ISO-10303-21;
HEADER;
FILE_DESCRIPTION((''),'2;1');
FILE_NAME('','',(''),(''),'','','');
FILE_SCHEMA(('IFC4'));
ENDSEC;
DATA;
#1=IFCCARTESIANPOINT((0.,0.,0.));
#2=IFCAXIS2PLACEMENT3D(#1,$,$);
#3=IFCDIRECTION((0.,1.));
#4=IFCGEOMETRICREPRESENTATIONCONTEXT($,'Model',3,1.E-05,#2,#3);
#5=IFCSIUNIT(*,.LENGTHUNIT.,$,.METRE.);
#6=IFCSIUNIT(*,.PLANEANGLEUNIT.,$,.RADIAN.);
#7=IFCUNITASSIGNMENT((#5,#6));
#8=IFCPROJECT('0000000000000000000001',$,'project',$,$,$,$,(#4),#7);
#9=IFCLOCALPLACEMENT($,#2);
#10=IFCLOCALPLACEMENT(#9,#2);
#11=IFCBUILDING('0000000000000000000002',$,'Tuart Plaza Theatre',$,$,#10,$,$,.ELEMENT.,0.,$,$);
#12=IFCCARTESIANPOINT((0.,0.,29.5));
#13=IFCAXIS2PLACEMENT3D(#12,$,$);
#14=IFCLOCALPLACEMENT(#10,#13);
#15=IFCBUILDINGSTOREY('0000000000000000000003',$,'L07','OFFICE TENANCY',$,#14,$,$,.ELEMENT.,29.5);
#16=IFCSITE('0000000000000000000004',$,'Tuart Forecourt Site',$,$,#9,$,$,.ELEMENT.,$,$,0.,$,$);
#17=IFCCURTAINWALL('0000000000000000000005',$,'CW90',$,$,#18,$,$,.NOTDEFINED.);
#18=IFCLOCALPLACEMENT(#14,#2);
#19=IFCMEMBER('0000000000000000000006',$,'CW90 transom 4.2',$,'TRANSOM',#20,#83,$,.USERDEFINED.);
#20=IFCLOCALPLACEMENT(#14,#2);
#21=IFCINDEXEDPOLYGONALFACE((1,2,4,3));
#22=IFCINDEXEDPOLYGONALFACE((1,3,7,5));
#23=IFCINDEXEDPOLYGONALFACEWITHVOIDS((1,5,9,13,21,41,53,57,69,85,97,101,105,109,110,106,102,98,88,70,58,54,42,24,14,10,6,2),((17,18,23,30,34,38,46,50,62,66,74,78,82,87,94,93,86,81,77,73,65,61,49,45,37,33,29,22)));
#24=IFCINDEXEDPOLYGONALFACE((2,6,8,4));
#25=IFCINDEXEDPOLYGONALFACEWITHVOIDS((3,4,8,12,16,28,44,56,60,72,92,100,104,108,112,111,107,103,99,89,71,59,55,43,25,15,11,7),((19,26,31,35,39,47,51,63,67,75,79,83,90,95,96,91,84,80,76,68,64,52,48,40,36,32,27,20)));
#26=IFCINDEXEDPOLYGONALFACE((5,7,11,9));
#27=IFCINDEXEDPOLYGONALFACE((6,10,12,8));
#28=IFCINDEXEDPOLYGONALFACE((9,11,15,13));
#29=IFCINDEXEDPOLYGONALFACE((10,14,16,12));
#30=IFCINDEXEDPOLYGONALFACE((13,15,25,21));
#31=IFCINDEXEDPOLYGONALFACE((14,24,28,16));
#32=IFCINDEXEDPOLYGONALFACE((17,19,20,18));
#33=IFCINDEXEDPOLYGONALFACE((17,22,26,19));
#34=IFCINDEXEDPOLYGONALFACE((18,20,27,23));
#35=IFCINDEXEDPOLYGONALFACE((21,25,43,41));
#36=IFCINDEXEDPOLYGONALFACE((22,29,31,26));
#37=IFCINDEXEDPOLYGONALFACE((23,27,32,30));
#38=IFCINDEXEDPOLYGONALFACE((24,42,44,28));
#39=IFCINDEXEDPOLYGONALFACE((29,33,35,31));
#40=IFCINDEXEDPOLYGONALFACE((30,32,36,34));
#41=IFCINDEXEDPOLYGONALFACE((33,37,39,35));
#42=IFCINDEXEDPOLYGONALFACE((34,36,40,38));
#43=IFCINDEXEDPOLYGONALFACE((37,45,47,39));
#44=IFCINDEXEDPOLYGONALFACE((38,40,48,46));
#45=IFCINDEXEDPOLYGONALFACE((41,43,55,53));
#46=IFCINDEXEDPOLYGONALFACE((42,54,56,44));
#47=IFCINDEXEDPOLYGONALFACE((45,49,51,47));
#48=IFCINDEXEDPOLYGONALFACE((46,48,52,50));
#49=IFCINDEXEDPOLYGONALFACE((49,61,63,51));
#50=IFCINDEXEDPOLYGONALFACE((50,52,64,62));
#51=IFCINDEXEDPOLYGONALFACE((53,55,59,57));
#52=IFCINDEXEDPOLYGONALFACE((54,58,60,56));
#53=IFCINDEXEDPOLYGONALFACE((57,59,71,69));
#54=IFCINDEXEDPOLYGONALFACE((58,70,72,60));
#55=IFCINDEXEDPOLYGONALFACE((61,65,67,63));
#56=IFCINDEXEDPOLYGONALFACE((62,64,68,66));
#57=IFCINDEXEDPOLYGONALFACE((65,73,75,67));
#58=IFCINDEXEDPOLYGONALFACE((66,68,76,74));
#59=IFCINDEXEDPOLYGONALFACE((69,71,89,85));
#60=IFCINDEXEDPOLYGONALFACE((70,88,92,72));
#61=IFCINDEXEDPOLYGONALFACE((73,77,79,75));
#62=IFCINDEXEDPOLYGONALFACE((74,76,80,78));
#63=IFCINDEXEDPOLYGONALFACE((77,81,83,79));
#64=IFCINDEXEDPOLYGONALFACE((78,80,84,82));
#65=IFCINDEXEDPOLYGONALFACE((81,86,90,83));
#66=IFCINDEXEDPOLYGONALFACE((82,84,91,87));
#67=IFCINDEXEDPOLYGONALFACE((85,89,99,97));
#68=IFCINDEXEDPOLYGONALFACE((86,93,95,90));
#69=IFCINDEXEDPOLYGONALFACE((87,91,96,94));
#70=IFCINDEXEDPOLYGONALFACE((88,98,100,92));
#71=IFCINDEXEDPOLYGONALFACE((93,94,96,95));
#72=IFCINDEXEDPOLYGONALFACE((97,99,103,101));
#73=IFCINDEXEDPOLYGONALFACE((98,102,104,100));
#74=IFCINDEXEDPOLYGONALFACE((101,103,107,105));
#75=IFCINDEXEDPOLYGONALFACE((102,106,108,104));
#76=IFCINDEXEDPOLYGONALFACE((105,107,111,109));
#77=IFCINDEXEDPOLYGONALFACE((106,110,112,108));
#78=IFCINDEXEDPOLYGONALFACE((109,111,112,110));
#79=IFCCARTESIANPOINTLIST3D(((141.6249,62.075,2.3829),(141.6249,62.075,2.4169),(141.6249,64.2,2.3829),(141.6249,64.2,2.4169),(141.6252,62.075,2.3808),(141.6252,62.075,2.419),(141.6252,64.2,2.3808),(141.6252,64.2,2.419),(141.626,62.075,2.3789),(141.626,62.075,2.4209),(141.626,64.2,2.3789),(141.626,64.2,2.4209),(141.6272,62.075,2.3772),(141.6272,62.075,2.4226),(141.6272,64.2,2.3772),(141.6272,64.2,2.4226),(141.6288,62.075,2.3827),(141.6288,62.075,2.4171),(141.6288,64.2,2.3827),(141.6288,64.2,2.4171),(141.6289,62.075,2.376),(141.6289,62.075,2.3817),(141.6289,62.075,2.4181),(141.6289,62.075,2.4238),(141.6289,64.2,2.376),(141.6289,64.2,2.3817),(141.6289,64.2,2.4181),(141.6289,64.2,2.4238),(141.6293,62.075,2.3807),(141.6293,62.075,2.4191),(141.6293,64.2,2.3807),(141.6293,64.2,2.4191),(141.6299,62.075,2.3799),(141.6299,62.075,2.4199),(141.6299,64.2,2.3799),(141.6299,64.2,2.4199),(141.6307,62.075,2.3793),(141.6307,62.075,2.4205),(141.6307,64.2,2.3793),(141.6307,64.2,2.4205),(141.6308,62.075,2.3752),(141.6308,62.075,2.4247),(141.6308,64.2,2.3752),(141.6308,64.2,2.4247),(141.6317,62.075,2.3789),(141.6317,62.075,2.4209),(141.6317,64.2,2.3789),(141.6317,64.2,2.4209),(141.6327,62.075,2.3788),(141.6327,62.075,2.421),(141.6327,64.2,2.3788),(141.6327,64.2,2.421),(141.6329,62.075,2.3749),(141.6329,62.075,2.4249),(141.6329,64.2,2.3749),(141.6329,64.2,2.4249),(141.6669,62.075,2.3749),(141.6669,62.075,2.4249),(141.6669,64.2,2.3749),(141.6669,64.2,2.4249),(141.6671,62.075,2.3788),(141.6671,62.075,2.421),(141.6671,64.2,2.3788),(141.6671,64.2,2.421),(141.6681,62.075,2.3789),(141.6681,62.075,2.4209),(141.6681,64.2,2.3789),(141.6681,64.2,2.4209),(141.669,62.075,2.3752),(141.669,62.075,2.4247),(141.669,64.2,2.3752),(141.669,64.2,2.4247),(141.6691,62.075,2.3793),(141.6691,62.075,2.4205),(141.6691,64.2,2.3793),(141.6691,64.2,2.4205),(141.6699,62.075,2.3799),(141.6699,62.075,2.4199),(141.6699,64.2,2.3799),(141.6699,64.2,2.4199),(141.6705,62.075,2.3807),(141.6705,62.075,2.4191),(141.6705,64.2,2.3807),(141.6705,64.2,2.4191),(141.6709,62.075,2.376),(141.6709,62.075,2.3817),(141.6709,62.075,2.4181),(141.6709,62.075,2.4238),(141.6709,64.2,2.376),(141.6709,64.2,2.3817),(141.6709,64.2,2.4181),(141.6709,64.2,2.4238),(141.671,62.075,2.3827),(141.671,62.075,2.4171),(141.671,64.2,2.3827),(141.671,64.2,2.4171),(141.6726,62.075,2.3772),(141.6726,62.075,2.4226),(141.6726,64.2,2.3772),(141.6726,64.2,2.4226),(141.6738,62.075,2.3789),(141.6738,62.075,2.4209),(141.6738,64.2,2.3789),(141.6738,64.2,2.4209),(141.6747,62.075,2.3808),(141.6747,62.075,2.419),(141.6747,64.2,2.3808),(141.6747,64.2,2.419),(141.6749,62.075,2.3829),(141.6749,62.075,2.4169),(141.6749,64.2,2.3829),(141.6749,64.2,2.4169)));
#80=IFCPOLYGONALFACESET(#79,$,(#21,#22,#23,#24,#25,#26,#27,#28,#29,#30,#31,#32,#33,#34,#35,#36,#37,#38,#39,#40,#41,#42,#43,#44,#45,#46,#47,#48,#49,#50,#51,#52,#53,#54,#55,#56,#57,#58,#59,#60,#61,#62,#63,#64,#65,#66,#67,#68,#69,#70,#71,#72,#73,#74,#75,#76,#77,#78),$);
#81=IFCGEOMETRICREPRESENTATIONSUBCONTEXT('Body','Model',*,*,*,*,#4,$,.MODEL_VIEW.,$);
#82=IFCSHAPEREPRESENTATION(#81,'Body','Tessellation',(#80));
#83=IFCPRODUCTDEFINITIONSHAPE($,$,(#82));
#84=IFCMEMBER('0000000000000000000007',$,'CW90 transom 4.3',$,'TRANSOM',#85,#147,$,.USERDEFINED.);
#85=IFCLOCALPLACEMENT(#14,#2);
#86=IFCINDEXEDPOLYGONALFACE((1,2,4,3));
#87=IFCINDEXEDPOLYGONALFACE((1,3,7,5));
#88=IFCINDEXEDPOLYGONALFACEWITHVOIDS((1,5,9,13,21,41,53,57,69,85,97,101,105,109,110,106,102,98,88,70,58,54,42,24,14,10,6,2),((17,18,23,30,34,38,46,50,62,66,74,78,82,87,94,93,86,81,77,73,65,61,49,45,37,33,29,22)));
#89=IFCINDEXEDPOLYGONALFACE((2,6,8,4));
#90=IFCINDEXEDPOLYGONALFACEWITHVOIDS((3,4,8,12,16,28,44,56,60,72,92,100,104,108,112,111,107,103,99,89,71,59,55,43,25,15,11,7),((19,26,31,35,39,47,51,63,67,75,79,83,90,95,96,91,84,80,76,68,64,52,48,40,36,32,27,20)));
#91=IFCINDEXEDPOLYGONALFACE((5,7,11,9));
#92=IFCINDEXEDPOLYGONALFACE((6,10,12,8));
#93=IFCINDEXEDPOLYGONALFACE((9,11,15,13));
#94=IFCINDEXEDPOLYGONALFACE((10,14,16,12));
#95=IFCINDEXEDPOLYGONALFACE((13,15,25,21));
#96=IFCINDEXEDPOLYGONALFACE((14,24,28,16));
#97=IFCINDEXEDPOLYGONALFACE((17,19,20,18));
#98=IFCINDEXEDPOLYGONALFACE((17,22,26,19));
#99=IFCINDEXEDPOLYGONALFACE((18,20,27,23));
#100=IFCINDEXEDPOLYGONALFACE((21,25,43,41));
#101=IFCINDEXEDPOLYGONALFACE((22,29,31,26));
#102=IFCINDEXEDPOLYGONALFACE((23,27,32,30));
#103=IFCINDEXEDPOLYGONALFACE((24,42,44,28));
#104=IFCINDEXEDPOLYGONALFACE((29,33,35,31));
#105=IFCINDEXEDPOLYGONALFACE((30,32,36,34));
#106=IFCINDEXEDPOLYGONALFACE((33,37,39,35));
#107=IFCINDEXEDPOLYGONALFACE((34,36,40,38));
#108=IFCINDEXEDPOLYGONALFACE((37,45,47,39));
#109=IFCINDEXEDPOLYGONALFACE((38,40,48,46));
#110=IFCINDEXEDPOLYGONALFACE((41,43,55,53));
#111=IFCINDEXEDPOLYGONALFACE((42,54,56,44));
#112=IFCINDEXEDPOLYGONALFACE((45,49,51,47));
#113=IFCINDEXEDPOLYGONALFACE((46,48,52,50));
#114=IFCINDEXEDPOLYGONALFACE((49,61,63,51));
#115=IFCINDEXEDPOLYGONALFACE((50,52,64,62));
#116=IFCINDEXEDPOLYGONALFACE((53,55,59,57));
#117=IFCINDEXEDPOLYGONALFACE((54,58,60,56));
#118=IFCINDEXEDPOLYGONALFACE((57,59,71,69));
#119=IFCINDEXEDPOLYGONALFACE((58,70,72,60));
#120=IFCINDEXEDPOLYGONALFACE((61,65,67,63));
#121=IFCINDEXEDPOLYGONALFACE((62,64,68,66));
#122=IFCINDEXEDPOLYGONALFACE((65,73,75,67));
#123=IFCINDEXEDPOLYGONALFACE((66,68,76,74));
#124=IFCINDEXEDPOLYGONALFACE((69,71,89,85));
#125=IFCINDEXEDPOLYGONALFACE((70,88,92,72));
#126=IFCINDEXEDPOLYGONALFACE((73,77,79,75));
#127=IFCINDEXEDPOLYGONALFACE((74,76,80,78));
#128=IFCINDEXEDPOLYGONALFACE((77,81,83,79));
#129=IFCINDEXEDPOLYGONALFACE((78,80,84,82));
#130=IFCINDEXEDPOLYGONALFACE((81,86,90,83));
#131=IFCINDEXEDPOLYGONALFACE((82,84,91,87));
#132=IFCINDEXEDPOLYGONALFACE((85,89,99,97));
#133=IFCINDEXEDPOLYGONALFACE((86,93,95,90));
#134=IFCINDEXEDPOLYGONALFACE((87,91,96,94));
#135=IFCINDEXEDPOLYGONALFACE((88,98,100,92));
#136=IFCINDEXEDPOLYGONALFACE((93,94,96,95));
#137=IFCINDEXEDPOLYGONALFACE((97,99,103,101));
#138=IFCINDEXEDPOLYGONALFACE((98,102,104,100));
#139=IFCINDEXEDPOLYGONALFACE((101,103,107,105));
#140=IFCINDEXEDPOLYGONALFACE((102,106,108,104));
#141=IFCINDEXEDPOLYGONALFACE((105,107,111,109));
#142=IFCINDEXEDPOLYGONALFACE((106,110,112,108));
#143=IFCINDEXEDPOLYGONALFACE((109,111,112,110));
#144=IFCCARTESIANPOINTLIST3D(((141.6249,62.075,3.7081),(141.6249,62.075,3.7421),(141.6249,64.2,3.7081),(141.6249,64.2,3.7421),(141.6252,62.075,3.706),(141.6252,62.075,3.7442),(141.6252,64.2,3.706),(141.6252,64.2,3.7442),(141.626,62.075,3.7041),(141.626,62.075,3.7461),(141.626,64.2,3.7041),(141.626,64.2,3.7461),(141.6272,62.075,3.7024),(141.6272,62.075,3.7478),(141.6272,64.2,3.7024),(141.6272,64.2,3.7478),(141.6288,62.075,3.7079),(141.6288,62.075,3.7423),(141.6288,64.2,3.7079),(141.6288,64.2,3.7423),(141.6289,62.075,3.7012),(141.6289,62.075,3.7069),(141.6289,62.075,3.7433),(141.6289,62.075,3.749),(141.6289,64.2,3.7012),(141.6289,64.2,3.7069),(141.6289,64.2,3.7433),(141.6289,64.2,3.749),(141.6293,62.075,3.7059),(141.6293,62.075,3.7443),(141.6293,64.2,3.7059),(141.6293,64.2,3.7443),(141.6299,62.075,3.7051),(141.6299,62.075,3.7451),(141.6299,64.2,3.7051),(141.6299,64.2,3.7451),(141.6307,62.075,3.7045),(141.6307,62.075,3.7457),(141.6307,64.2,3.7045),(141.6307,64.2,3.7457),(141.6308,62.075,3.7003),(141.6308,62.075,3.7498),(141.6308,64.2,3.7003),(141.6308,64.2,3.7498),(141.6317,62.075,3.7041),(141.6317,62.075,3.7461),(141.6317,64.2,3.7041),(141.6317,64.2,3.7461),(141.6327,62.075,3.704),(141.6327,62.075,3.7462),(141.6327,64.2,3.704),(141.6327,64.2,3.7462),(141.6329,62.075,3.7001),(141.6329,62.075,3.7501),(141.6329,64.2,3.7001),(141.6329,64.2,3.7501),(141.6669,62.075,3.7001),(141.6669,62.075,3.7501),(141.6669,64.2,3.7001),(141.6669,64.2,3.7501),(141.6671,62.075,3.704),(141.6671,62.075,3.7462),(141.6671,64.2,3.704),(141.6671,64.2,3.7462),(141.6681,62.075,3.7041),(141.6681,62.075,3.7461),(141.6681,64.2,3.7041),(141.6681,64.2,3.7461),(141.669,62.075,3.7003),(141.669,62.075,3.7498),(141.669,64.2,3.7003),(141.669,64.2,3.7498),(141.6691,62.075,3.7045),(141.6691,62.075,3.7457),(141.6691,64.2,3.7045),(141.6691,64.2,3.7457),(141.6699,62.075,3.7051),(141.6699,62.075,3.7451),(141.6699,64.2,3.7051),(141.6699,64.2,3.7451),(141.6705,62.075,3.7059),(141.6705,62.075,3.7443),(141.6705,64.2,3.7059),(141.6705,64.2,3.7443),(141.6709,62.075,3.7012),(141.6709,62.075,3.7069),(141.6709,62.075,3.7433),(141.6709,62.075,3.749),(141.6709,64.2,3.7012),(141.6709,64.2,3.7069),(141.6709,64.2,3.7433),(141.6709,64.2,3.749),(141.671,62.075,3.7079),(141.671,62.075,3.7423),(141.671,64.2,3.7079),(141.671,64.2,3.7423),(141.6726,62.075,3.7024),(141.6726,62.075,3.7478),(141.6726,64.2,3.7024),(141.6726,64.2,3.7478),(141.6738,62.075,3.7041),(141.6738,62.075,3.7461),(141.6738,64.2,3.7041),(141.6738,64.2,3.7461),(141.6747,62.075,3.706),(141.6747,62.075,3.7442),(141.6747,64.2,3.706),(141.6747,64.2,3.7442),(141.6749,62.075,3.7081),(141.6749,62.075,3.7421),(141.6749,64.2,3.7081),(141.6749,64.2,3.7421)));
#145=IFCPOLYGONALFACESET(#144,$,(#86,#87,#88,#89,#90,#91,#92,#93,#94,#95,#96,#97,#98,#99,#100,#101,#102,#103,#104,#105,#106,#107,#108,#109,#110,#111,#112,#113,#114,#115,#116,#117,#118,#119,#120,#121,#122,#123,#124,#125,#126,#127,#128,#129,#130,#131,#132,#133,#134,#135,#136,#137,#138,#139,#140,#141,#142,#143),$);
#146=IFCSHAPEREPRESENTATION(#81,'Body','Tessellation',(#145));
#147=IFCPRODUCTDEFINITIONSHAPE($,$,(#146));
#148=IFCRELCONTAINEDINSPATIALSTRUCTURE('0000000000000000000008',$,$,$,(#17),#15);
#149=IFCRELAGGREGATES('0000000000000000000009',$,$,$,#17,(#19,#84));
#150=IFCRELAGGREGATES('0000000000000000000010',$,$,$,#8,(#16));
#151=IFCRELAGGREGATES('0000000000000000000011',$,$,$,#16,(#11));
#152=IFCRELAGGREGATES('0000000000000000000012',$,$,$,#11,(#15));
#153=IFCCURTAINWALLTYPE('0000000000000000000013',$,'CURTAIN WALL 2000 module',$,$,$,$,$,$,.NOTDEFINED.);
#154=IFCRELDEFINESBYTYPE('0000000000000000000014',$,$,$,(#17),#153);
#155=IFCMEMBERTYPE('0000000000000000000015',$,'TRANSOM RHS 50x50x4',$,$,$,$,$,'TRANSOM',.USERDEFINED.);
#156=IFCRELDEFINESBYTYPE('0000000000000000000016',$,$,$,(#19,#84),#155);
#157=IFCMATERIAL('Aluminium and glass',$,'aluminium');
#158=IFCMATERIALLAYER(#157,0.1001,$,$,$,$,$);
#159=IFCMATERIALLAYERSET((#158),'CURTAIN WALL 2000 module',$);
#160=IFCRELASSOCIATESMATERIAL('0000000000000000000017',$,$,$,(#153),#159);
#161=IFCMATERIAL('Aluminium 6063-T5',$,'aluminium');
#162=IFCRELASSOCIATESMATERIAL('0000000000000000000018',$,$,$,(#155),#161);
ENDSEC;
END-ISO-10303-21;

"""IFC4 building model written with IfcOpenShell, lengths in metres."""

from ifc_helpers import new_model, si_unit, direction, frame, origin, origin_2d, place, context, subcontext, project, spatial, hollow_rectangle, extrude, material, layer, layer_set, material_profile, profile_set, type_object, element, aggregate, save


model = new_model("IFC4")

# Units and contexts
model_context = context("Model", 3, precision=1e-05, world=origin(), true_north=direction((0.0, 1.0)))
body_context = subcontext(model_context, "Body", "Model", "MODEL_VIEW")
ifc_project = project(units=[si_unit("LENGTHUNIT", "METRE"), si_unit("PLANEANGLEUNIT", "RADIAN")], contexts=[model_context])

# Site, building, storey
site_placement = place(None, origin())
site = spatial("IfcSite", under=ifc_project, at=site_placement, Name="Tuart Forecourt Site", CompositionType="ELEMENT", RefElevation=0.0)
building_placement = place(site_placement, origin())
building = spatial("IfcBuilding", under=site, at=building_placement, Name="Tuart Plaza Theatre", CompositionType="ELEMENT", ElevationOfRefHeight=0.0)
storey_placement = place(building_placement, frame((0.0, 0.0, 29.5)))
storey = spatial("IfcBuildingStorey", under=building, at=storey_placement, Name="L07", Description="OFFICE TENANCY", CompositionType="ELEMENT", Elevation=29.5)

# Curtain wall
ifc_material_1 = material(Name="Aluminium and glass", Category="aluminium")
ifc_layer_1 = layer(ifc_material_1, 0.1001)
ifc_layer_set_1 = layer_set([ifc_layer_1], Name="CURTAIN WALL 2000 module")
curtain_wall_type = type_object("IfcCurtainWallType", Name="CURTAIN WALL 2000 module", PredefinedType="NOTDEFINED", material=ifc_layer_set_1)
curtain_wall_1_placement = place(storey_placement, origin())
curtain_wall_1 = element("IfcCurtainWall", 1, at=curtain_wall_1_placement, inside=storey, type_object=curtain_wall_type, Name="CW90", PredefinedType="NOTDEFINED")

# Members
ifc_material_2 = material(Name="Aluminium 6063-T5", Category="aluminium")
ifc_material_profile_1 = material_profile(ifc_material_2, hollow_rectangle(XDim=0.05, YDim=0.05, WallThickness=0.0039, InnerFilletRadius=0.0039, OuterFilletRadius=0.0081, at=origin_2d()), Name="RHS 50x50x4")
ifc_profile_set_1 = profile_set([ifc_material_profile_1], Name="Aluminium 6063-T5")
member_type_1 = type_object("IfcMemberType", Name="TRANSOM RHS 50x50x4", ElementType="TRANSOM", PredefinedType="USERDEFINED", material=ifc_profile_set_1)
member_1_placement = place(storey_placement, frame((141.6499, 62.075, 2.3999), z_axis=(0.0, 1.0, 0.0), x_axis=(-1.0, 0.0, 0.0)))
member_1 = element("IfcMember", 2, at=member_1_placement, type_object=member_type_1, Name="CW90 transom 4.2", ObjectType="TRANSOM", PredefinedType="USERDEFINED", context=body_context, shape_type="SweptSolid", body=[
    extrude(hollow_rectangle(XDim=0.05, YDim=0.05, WallThickness=0.0039, InnerFilletRadius=0.0039, OuterFilletRadius=0.0081, at=origin_2d()), origin(), (0.0, 0.0, 1.0), 2.125),
])
member_2_placement = place(storey_placement, frame((141.6499, 62.075, 3.7251), z_axis=(0.0, 1.0, 0.0), x_axis=(-1.0, 0.0, 0.0)))
member_2 = element("IfcMember", 3, at=member_2_placement, type_object=member_type_1, Name="CW90 transom 4.3", ObjectType="TRANSOM", PredefinedType="USERDEFINED", context=body_context, shape_type="SweptSolid", body=[
    extrude(hollow_rectangle(XDim=0.05, YDim=0.05, WallThickness=0.0039, InnerFilletRadius=0.0039, OuterFilletRadius=0.0081, at=origin_2d()), origin(), (0.0, 0.0, 1.0), 2.125),
])

aggregate(curtain_wall_1, [member_1, member_2])

save(model, "model.ifc")
